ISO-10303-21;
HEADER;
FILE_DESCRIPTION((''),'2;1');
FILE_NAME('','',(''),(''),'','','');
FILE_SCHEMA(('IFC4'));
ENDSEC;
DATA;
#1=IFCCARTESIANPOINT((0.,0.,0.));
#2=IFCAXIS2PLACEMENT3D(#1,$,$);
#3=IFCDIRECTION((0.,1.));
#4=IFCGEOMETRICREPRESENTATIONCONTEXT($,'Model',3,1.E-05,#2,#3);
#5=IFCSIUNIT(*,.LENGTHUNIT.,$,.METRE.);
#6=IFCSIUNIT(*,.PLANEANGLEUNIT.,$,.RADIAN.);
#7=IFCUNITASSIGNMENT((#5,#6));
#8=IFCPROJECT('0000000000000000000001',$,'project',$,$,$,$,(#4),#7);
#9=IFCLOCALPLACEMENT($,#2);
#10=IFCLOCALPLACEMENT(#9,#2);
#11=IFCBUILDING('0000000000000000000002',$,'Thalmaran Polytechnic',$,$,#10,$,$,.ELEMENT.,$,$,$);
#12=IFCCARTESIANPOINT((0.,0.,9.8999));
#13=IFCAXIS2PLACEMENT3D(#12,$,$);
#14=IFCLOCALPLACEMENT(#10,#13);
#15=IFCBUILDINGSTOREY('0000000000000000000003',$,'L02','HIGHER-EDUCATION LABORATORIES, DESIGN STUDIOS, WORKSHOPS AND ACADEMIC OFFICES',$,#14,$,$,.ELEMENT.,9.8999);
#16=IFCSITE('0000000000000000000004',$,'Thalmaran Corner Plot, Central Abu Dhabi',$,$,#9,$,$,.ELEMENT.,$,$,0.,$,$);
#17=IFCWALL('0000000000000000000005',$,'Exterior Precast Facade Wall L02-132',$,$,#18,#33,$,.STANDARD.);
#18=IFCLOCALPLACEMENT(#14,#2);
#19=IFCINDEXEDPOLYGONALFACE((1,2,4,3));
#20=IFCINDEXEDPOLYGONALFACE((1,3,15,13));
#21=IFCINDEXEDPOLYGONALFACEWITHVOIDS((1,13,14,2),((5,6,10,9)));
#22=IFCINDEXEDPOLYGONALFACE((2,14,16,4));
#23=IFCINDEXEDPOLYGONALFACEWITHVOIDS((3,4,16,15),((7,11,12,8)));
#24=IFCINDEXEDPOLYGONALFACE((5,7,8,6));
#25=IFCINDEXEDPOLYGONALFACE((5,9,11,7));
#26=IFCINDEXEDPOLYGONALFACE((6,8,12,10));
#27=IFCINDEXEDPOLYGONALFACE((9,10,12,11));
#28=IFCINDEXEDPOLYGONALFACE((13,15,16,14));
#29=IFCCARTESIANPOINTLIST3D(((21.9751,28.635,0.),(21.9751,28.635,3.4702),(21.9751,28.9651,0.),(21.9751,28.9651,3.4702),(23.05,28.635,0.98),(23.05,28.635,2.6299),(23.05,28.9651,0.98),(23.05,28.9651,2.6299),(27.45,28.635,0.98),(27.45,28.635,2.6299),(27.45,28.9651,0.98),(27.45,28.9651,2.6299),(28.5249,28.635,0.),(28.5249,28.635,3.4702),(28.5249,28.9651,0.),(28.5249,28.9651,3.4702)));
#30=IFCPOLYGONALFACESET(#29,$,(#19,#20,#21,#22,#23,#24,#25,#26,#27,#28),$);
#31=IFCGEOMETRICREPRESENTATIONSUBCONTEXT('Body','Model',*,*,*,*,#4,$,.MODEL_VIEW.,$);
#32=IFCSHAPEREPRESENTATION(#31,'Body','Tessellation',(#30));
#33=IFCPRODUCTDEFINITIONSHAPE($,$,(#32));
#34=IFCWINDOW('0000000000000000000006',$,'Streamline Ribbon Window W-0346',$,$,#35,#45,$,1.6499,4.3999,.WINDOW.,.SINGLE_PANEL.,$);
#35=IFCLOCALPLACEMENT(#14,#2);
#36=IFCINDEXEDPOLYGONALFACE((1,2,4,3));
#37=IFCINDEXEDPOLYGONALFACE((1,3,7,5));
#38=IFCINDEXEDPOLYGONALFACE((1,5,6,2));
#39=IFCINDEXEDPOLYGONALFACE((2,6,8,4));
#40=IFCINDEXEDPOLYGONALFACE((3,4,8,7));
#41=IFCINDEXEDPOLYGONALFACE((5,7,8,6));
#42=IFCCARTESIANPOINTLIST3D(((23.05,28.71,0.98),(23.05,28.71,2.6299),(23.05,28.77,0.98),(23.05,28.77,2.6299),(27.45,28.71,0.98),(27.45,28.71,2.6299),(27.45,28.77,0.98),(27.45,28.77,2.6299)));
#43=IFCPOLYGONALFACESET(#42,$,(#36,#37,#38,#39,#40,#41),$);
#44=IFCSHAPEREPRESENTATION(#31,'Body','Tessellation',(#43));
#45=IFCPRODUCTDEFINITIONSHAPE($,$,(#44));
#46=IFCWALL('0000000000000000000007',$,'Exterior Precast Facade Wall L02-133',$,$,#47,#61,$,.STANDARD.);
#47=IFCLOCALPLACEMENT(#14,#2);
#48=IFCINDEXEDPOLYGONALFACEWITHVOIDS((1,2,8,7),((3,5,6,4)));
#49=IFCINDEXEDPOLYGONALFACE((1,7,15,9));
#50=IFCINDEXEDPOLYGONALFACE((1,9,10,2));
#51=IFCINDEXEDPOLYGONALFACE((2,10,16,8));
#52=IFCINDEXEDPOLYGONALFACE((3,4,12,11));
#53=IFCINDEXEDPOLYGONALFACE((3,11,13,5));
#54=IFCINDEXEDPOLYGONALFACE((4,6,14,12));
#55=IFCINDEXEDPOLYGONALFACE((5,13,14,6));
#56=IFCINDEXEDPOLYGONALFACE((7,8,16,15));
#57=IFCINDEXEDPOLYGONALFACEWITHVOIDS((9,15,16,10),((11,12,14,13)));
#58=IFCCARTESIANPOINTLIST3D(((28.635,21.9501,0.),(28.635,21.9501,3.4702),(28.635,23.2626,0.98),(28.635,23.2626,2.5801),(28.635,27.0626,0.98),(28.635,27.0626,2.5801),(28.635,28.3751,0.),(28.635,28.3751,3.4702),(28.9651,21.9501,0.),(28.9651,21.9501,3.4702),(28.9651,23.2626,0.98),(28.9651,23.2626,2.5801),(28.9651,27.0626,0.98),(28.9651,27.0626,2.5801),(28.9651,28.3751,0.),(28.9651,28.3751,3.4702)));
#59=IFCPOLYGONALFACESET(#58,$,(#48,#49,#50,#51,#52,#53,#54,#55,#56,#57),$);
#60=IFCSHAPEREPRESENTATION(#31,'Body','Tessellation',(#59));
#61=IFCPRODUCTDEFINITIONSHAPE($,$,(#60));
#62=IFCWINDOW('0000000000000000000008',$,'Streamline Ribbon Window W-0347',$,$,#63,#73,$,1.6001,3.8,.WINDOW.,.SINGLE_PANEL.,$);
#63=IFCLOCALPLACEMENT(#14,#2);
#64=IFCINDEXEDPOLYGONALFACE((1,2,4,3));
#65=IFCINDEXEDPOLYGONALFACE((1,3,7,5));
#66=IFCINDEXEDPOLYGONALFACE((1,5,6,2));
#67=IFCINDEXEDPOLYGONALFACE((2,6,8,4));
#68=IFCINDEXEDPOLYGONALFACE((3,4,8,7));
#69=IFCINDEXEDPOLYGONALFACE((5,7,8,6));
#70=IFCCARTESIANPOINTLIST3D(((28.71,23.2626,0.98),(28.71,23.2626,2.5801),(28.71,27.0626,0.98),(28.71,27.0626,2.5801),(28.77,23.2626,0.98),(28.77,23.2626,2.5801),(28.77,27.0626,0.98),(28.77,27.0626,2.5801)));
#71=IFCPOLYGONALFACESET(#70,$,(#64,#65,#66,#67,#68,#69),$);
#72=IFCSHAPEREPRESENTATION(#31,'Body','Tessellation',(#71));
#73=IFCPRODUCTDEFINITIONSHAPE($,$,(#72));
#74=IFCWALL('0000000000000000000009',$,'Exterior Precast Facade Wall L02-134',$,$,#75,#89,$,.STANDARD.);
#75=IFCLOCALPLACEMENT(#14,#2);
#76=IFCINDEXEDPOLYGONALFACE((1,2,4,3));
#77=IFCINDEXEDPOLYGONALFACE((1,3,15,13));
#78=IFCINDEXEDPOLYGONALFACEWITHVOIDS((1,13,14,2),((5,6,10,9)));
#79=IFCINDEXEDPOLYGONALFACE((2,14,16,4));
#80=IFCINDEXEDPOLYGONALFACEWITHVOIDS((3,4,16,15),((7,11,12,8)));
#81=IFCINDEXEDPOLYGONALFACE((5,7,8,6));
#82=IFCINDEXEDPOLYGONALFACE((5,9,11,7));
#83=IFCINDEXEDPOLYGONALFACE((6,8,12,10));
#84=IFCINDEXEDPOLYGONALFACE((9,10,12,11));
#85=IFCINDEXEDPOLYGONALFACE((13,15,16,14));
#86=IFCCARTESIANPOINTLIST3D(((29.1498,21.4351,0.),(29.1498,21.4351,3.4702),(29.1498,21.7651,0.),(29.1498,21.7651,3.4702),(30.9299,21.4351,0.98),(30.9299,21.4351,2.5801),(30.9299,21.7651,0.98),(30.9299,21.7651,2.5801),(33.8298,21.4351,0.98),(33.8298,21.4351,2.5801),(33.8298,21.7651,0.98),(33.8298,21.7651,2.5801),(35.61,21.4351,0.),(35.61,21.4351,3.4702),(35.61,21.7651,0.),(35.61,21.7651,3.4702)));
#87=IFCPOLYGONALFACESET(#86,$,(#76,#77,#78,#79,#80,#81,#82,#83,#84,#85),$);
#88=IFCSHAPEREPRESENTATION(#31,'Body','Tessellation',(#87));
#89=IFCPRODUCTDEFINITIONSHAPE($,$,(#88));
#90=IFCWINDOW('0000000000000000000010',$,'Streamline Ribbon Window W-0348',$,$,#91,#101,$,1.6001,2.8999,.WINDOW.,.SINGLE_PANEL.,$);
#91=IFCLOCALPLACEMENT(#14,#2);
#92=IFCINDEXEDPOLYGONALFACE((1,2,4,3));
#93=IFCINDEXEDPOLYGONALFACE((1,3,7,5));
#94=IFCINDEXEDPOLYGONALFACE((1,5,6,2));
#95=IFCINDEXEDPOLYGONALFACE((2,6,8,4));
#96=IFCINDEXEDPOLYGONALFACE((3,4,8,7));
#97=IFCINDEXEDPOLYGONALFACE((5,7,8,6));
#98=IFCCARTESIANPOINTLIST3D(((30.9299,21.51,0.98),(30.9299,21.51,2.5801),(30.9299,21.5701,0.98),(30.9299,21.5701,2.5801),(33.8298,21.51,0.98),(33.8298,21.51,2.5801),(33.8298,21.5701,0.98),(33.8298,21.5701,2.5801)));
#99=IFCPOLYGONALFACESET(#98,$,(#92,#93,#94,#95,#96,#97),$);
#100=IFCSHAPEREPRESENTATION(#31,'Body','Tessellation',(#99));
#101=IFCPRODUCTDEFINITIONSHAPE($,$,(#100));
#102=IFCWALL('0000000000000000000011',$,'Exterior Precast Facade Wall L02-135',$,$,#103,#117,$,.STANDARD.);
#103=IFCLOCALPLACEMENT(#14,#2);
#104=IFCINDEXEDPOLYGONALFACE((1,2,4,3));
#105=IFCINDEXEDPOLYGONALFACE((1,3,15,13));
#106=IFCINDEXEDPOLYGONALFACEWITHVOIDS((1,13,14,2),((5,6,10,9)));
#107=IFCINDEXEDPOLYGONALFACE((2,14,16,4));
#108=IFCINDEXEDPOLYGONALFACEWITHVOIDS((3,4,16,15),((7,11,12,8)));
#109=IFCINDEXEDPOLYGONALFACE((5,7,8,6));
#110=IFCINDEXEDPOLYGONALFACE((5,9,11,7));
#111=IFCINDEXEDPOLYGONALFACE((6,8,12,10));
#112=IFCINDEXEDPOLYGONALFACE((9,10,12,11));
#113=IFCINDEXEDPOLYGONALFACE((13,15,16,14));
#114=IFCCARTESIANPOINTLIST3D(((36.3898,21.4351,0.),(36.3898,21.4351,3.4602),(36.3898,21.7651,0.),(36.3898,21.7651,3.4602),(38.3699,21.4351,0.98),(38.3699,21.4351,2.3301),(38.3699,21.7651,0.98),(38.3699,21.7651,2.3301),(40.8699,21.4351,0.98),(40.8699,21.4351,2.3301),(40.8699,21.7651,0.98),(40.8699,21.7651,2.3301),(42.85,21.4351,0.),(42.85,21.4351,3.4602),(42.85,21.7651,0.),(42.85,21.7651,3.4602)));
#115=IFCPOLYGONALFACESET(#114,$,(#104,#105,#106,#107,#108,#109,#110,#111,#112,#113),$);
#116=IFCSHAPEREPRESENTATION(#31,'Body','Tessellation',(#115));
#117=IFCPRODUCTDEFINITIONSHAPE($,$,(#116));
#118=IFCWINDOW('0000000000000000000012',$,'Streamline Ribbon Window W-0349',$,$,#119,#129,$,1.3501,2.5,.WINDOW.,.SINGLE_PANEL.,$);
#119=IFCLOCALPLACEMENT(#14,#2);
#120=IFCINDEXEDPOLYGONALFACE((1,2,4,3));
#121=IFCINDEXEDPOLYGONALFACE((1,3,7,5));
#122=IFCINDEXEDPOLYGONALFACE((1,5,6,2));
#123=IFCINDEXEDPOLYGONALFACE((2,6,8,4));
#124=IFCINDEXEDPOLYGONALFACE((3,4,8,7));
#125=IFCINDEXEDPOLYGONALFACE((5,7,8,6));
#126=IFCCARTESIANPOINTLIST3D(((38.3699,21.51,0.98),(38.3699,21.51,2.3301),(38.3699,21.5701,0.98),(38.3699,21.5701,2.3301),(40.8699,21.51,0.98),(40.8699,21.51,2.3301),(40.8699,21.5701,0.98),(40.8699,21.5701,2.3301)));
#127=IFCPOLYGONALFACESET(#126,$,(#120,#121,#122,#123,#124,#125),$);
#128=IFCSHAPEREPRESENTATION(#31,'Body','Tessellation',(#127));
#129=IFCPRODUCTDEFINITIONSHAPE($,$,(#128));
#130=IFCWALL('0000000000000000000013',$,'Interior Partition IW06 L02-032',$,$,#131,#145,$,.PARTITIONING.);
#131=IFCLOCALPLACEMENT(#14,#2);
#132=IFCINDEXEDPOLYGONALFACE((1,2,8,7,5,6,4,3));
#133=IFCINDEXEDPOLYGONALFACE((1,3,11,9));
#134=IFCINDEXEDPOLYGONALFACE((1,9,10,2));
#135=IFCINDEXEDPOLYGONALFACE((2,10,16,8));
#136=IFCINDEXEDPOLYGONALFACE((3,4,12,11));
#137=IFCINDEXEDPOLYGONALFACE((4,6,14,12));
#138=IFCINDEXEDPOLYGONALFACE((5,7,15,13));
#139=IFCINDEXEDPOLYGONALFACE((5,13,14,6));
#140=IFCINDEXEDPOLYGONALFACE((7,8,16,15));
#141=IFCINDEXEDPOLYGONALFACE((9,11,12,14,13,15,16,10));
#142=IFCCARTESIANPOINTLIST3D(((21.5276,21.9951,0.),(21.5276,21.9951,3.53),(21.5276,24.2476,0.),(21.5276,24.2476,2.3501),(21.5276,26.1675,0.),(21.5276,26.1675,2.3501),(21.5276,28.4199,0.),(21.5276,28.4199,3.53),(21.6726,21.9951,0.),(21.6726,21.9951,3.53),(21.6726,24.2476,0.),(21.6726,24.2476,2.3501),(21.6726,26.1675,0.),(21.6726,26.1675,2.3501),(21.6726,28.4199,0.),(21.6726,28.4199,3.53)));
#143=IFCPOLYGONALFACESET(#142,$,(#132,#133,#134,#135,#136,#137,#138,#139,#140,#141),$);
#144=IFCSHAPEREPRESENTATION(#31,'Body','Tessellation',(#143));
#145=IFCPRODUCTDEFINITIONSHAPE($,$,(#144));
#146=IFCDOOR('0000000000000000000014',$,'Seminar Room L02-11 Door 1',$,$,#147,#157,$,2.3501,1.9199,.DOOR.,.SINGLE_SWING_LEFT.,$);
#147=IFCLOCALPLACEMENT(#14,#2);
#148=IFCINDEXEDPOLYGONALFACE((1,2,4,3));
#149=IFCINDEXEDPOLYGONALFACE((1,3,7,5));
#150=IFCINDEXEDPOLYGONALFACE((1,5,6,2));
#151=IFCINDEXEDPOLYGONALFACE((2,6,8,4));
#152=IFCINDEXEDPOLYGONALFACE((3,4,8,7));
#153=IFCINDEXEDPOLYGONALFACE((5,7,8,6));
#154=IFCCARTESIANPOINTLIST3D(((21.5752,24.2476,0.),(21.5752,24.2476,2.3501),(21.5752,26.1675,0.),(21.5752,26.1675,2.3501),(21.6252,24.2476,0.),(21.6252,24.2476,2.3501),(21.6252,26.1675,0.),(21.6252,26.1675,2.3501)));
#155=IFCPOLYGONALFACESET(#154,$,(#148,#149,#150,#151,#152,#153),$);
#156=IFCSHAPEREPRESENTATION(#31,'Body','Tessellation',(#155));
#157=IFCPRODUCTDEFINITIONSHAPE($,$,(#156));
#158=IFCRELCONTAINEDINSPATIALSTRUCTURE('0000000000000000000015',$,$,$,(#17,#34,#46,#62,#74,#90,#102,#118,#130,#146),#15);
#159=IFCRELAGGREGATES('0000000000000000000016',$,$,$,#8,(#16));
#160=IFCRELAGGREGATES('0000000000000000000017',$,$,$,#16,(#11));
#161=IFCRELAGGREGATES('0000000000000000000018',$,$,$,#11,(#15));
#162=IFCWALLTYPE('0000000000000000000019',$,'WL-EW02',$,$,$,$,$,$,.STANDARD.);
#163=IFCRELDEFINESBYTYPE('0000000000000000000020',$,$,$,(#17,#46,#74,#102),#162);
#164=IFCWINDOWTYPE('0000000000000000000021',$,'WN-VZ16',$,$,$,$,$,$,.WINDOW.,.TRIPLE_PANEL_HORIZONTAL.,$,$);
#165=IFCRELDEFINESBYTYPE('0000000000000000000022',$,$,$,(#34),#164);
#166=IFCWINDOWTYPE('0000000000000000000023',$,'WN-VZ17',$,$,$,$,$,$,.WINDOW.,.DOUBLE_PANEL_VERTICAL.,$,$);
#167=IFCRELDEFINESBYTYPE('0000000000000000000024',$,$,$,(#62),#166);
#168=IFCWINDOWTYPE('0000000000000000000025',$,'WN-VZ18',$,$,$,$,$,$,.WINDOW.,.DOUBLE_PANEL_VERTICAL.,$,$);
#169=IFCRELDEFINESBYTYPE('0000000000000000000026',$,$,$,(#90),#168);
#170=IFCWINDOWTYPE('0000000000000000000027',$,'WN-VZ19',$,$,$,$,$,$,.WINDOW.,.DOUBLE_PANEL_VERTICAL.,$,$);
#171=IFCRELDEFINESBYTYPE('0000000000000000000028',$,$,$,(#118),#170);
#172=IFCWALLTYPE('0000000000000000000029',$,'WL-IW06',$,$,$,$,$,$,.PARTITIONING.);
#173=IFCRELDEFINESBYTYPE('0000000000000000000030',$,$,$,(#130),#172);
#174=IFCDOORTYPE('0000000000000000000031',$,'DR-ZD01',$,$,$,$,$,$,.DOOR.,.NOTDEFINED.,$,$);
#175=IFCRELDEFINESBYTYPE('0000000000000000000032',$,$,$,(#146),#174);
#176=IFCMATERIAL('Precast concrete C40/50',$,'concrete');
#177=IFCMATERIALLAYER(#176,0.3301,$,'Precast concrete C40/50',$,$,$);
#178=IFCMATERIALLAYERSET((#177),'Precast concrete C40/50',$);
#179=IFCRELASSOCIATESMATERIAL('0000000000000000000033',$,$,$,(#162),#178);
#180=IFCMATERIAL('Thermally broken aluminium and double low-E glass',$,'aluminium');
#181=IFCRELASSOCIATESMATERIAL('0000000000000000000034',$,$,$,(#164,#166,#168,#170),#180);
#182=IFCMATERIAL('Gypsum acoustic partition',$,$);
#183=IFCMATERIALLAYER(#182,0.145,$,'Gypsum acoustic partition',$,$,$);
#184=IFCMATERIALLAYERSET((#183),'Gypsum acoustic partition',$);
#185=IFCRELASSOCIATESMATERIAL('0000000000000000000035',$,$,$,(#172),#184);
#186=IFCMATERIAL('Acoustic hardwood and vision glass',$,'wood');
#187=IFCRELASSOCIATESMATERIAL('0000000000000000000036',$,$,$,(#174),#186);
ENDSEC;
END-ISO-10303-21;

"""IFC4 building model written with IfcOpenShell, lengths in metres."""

from ifc_helpers import new_model, si_unit, direction, frame, frame_2d, origin, place, context, subcontext, project, spatial, rectangle, extrude, material, layer, layer_set, type_object, element, fill, save


model = new_model("IFC4")

# Units and contexts
model_context = context("Model", 3, precision=1e-05, world=origin(), true_north=direction((0.0, 1.0)))
body_context = subcontext(model_context, "Body", "Model", "MODEL_VIEW")
ifc_project = project(units=[si_unit("LENGTHUNIT", "METRE"), si_unit("PLANEANGLEUNIT", "RADIAN")], contexts=[model_context])

# Site, building, storey
site_placement = place(None, origin())
site = spatial("IfcSite", under=ifc_project, at=site_placement, Name="Thalmaran Corner Plot, Central Abu Dhabi", CompositionType="ELEMENT", RefElevation=0.0)
building_placement = place(site_placement, origin())
building = spatial("IfcBuilding", under=site, at=building_placement, Name="Thalmaran Polytechnic", CompositionType="ELEMENT")
storey_placement = place(building_placement, frame((0.0, 0.0, 9.8999)))
storey = spatial("IfcBuildingStorey", under=building, at=storey_placement, Name="L02", Description="HIGHER-EDUCATION LABORATORIES, DESIGN STUDIOS, WORKSHOPS AND ACADEMIC OFFICES", CompositionType="ELEMENT", Elevation=9.8999)

# Walls, openings, windows
ifc_material_1 = material(Name="Precast concrete C40/50", Category="concrete")
ifc_layer_1 = layer(ifc_material_1, 0.3301, Name="Precast concrete C40/50")
ifc_layer_set_1 = layer_set([ifc_layer_1], Name="Precast concrete C40/50")
wall_type_1 = type_object("IfcWallType", Name="WL-EW02", PredefinedType="STANDARD", material=ifc_layer_set_1)
wall_1_placement = place(storey_placement, frame((21.9751, 28.8, 0.0), z_axis=(0.0, 0.0, 1.0), x_axis=(1.0, 0.0, 0.0)))
wall_1 = element("IfcWall", 1, at=wall_1_placement, inside=storey, type_object=wall_type_1, Name="Exterior Precast Facade Wall L02-132", PredefinedType="STANDARD", context=body_context, shape_type="SweptSolid", body=[
    extrude(rectangle(XDim=6.5498, YDim=0.3301, at=frame_2d((3.2749, 0.0))), origin(), (0.0, 0.0, 1.0), 3.4702),
])
opening_1_placement = place(wall_1_placement, frame((1.075, 0.0, 0.98)))
opening_1 = element("IfcOpeningElement", 2, at=opening_1_placement, cuts=wall_1, PredefinedType="OPENING", context=body_context, shape_type="SweptSolid", body=[
    extrude(rectangle(XDim=4.3999, YDim=1.6499, at=frame_2d((2.2, 0.825))), frame((0.0, 0.175, 0.0), z_axis=(0.0, -1.0, 0.0), x_axis=(1.0, 0.0, 0.0)), (0.0, 0.0, 1.0), 0.3501),
])
ifc_material_2 = material(Name="Thermally broken aluminium and double low-E glass", Category="aluminium")
window_type_1 = type_object("IfcWindowType", Name="WN-VZ16", PartitioningType="TRIPLE_PANEL_HORIZONTAL", PredefinedType="WINDOW", material=ifc_material_2)
window_1_placement = place(opening_1_placement, origin())
window_1 = element("IfcWindow", 3, at=window_1_placement, inside=storey, type_object=window_type_1, Name="Streamline Ribbon Window W-0346", OverallHeight=1.6499, OverallWidth=4.3999, PartitioningType="SINGLE_PANEL", PredefinedType="WINDOW", context=body_context, shape_type="SweptSolid", body=[
    extrude(rectangle(XDim=4.3999, YDim=1.6499, at=frame_2d((2.2, 0.825))), frame((0.0, -0.03, 0.0), z_axis=(0.0, -1.0, 0.0), x_axis=(1.0, 0.0, 0.0)), (0.0, 0.0, 1.0), 0.0601),
])
fill(opening_1, window_1)
wall_2_placement = place(storey_placement, frame((28.8, 28.375, 0.0), z_axis=(0.0, 0.0, 1.0), x_axis=(0.0, -1.0, 0.0)))
wall_2 = element("IfcWall", 4, at=wall_2_placement, inside=storey, type_object=wall_type_1, Name="Exterior Precast Facade Wall L02-133", PredefinedType="STANDARD", context=body_context, shape_type="SweptSolid", body=[
    extrude(rectangle(XDim=6.425, YDim=0.3301, at=frame_2d((3.2124, 0.0))), origin(), (0.0, 0.0, 1.0), 3.4702),
])
opening_2_placement = place(wall_2_placement, frame((1.3125, 0.0, 0.98)))
opening_2 = element("IfcOpeningElement", 5, at=opening_2_placement, cuts=wall_2, PredefinedType="OPENING", context=body_context, shape_type="SweptSolid", body=[
    extrude(rectangle(XDim=3.8, YDim=1.6001, at=frame_2d((1.8999, 0.8))), frame((0.0, 0.175, 0.0), z_axis=(0.0, -1.0, 0.0), x_axis=(1.0, 0.0, 0.0)), (0.0, 0.0, 1.0), 0.3501),
])
window_type_2 = type_object("IfcWindowType", Name="WN-VZ17", PartitioningType="DOUBLE_PANEL_VERTICAL", PredefinedType="WINDOW", material=ifc_material_2)
window_2_placement = place(opening_2_placement, origin())
window_2 = element("IfcWindow", 6, at=window_2_placement, inside=storey, type_object=window_type_2, Name="Streamline Ribbon Window W-0347", OverallHeight=1.6001, OverallWidth=3.8, PartitioningType="SINGLE_PANEL", PredefinedType="WINDOW", context=body_context, shape_type="SweptSolid", body=[
    extrude(rectangle(XDim=3.8, YDim=1.6001, at=frame_2d((1.8999, 0.8))), frame((0.0, -0.03, 0.0), z_axis=(0.0, -1.0, 0.0), x_axis=(1.0, 0.0, 0.0)), (0.0, 0.0, 1.0), 0.0601),
])
fill(opening_2, window_2)
wall_3_placement = place(storey_placement, frame((29.1499, 21.6001, 0.0), z_axis=(0.0, 0.0, 1.0), x_axis=(1.0, 0.0, 0.0)))
wall_3 = element("IfcWall", 7, at=wall_3_placement, inside=storey, type_object=wall_type_1, Name="Exterior Precast Facade Wall L02-134", PredefinedType="STANDARD", context=body_context, shape_type="SweptSolid", body=[
    extrude(rectangle(XDim=6.4602, YDim=0.3301, at=frame_2d((3.23, 0.0))), origin(), (0.0, 0.0, 1.0), 3.4702),
])
opening_3_placement = place(wall_3_placement, frame((1.78, 0.0, 0.98)))
opening_3 = element("IfcOpeningElement", 8, at=opening_3_placement, cuts=wall_3, PredefinedType="OPENING", context=body_context, shape_type="SweptSolid", body=[
    extrude(rectangle(XDim=2.8999, YDim=1.6001, at=frame_2d((1.45, 0.8))), frame((0.0, 0.175, 0.0), z_axis=(0.0, -1.0, 0.0), x_axis=(1.0, 0.0, 0.0)), (0.0, 0.0, 1.0), 0.3501),
])
window_type_3 = type_object("IfcWindowType", Name="WN-VZ18", PartitioningType="DOUBLE_PANEL_VERTICAL", PredefinedType="WINDOW", material=ifc_material_2)
window_3_placement = place(opening_3_placement, origin())
window_3 = element("IfcWindow", 9, at=window_3_placement, inside=storey, type_object=window_type_3, Name="Streamline Ribbon Window W-0348", OverallHeight=1.6001, OverallWidth=2.8999, PartitioningType="SINGLE_PANEL", PredefinedType="WINDOW", context=body_context, shape_type="SweptSolid", body=[
    extrude(rectangle(XDim=2.8999, YDim=1.6001, at=frame_2d((1.45, 0.8))), frame((0.0, -0.03, 0.0), z_axis=(0.0, -1.0, 0.0), x_axis=(1.0, 0.0, 0.0)), (0.0, 0.0, 1.0), 0.0601),
])
fill(opening_3, window_3)
wall_4_placement = place(storey_placement, frame((36.3899, 21.6001, 0.0), z_axis=(0.0, 0.0, 1.0), x_axis=(1.0, 0.0, 0.0)))
wall_4 = element("IfcWall", 10, at=wall_4_placement, inside=storey, type_object=wall_type_1, Name="Exterior Precast Facade Wall L02-135", PredefinedType="STANDARD", context=body_context, shape_type="SweptSolid", body=[
    extrude(rectangle(XDim=6.4602, YDim=0.3301, at=frame_2d((3.23, 0.0))), origin(), (0.0, 0.0, 1.0), 3.4602),
])
opening_4_placement = place(wall_4_placement, frame((1.98, 0.0, 0.98)))
opening_4 = element("IfcOpeningElement", 11, at=opening_4_placement, cuts=wall_4, PredefinedType="OPENING", context=body_context, shape_type="SweptSolid", body=[
    extrude(rectangle(XDim=2.5, YDim=1.3501, at=frame_2d((1.25, 0.675))), frame((0.0, 0.175, 0.0), z_axis=(0.0, -1.0, 0.0), x_axis=(1.0, 0.0, 0.0)), (0.0, 0.0, 1.0), 0.3501),
])
window_type_4 = type_object("IfcWindowType", Name="WN-VZ19", PartitioningType="DOUBLE_PANEL_VERTICAL", PredefinedType="WINDOW", material=ifc_material_2)
window_4_placement = place(opening_4_placement, origin())
window_4 = element("IfcWindow", 12, at=window_4_placement, inside=storey, type_object=window_type_4, Name="Streamline Ribbon Window W-0349", OverallHeight=1.3501, OverallWidth=2.5, PartitioningType="SINGLE_PANEL", PredefinedType="WINDOW", context=body_context, shape_type="SweptSolid", body=[
    extrude(rectangle(XDim=2.5, YDim=1.3501, at=frame_2d((1.25, 0.675))), frame((0.0, -0.03, 0.0), z_axis=(0.0, -1.0, 0.0), x_axis=(1.0, 0.0, 0.0)), (0.0, 0.0, 1.0), 0.0601),
])
fill(opening_4, window_4)

# Wall, opening, door
ifc_material_3 = material(Name="Gypsum acoustic partition")
ifc_layer_2 = layer(ifc_material_3, 0.145, Name="Gypsum acoustic partition")
ifc_layer_set_2 = layer_set([ifc_layer_2], Name="Gypsum acoustic partition")
wall_type_2 = type_object("IfcWallType", Name="WL-IW06", PredefinedType="PARTITIONING", material=ifc_layer_set_2)
wall_5_placement = place(storey_placement, frame((21.6001, 21.9951, 0.0), z_axis=(0.0, 0.0, 1.0), x_axis=(0.0, 1.0, 0.0)))
wall_5 = element("IfcWall", 13, at=wall_5_placement, inside=storey, type_object=wall_type_2, Name="Interior Partition IW06 L02-032", PredefinedType="PARTITIONING", context=body_context, shape_type="SweptSolid", body=[
    extrude(rectangle(XDim=6.4248, YDim=0.145, at=frame_2d((3.2124, 0.0))), origin(), (0.0, 0.0, 1.0), 3.53),
])
opening_5_placement = place(wall_5_placement, frame((2.2524, 0.0, 0.0)))
opening_5 = element("IfcOpeningElement", 14, at=opening_5_placement, cuts=wall_5, PredefinedType="OPENING", context=body_context, shape_type="SweptSolid", body=[
    extrude(rectangle(XDim=1.9199, YDim=2.3501, at=frame_2d((0.96, 1.175))), frame((0.0, 0.0825, 0.0), z_axis=(0.0, -1.0, 0.0), x_axis=(1.0, 0.0, 0.0)), (0.0, 0.0, 1.0), 0.165),
])
ifc_material_4 = material(Name="Acoustic hardwood and vision glass", Category="wood")
door_type = type_object("IfcDoorType", Name="DR-ZD01", OperationType="NOTDEFINED", PredefinedType="DOOR", material=ifc_material_4)
door_placement = place(opening_5_placement, origin())
door = element("IfcDoor", 15, at=door_placement, inside=storey, type_object=door_type, Name="Seminar Room L02-11 Door 1", OperationType="SINGLE_SWING_LEFT", OverallHeight=2.3501, OverallWidth=1.9199, PredefinedType="DOOR", context=body_context, shape_type="SweptSolid", body=[
    extrude(rectangle(XDim=1.9199, YDim=2.3501, at=frame_2d((0.96, 1.175))), frame((0.0, 0.0249, 0.0), z_axis=(0.0, -1.0, 0.0), x_axis=(1.0, 0.0, 0.0)), (0.0, 0.0, 1.0), 0.05),
])
fill(opening_5, door)

save(model, "model.ifc")
